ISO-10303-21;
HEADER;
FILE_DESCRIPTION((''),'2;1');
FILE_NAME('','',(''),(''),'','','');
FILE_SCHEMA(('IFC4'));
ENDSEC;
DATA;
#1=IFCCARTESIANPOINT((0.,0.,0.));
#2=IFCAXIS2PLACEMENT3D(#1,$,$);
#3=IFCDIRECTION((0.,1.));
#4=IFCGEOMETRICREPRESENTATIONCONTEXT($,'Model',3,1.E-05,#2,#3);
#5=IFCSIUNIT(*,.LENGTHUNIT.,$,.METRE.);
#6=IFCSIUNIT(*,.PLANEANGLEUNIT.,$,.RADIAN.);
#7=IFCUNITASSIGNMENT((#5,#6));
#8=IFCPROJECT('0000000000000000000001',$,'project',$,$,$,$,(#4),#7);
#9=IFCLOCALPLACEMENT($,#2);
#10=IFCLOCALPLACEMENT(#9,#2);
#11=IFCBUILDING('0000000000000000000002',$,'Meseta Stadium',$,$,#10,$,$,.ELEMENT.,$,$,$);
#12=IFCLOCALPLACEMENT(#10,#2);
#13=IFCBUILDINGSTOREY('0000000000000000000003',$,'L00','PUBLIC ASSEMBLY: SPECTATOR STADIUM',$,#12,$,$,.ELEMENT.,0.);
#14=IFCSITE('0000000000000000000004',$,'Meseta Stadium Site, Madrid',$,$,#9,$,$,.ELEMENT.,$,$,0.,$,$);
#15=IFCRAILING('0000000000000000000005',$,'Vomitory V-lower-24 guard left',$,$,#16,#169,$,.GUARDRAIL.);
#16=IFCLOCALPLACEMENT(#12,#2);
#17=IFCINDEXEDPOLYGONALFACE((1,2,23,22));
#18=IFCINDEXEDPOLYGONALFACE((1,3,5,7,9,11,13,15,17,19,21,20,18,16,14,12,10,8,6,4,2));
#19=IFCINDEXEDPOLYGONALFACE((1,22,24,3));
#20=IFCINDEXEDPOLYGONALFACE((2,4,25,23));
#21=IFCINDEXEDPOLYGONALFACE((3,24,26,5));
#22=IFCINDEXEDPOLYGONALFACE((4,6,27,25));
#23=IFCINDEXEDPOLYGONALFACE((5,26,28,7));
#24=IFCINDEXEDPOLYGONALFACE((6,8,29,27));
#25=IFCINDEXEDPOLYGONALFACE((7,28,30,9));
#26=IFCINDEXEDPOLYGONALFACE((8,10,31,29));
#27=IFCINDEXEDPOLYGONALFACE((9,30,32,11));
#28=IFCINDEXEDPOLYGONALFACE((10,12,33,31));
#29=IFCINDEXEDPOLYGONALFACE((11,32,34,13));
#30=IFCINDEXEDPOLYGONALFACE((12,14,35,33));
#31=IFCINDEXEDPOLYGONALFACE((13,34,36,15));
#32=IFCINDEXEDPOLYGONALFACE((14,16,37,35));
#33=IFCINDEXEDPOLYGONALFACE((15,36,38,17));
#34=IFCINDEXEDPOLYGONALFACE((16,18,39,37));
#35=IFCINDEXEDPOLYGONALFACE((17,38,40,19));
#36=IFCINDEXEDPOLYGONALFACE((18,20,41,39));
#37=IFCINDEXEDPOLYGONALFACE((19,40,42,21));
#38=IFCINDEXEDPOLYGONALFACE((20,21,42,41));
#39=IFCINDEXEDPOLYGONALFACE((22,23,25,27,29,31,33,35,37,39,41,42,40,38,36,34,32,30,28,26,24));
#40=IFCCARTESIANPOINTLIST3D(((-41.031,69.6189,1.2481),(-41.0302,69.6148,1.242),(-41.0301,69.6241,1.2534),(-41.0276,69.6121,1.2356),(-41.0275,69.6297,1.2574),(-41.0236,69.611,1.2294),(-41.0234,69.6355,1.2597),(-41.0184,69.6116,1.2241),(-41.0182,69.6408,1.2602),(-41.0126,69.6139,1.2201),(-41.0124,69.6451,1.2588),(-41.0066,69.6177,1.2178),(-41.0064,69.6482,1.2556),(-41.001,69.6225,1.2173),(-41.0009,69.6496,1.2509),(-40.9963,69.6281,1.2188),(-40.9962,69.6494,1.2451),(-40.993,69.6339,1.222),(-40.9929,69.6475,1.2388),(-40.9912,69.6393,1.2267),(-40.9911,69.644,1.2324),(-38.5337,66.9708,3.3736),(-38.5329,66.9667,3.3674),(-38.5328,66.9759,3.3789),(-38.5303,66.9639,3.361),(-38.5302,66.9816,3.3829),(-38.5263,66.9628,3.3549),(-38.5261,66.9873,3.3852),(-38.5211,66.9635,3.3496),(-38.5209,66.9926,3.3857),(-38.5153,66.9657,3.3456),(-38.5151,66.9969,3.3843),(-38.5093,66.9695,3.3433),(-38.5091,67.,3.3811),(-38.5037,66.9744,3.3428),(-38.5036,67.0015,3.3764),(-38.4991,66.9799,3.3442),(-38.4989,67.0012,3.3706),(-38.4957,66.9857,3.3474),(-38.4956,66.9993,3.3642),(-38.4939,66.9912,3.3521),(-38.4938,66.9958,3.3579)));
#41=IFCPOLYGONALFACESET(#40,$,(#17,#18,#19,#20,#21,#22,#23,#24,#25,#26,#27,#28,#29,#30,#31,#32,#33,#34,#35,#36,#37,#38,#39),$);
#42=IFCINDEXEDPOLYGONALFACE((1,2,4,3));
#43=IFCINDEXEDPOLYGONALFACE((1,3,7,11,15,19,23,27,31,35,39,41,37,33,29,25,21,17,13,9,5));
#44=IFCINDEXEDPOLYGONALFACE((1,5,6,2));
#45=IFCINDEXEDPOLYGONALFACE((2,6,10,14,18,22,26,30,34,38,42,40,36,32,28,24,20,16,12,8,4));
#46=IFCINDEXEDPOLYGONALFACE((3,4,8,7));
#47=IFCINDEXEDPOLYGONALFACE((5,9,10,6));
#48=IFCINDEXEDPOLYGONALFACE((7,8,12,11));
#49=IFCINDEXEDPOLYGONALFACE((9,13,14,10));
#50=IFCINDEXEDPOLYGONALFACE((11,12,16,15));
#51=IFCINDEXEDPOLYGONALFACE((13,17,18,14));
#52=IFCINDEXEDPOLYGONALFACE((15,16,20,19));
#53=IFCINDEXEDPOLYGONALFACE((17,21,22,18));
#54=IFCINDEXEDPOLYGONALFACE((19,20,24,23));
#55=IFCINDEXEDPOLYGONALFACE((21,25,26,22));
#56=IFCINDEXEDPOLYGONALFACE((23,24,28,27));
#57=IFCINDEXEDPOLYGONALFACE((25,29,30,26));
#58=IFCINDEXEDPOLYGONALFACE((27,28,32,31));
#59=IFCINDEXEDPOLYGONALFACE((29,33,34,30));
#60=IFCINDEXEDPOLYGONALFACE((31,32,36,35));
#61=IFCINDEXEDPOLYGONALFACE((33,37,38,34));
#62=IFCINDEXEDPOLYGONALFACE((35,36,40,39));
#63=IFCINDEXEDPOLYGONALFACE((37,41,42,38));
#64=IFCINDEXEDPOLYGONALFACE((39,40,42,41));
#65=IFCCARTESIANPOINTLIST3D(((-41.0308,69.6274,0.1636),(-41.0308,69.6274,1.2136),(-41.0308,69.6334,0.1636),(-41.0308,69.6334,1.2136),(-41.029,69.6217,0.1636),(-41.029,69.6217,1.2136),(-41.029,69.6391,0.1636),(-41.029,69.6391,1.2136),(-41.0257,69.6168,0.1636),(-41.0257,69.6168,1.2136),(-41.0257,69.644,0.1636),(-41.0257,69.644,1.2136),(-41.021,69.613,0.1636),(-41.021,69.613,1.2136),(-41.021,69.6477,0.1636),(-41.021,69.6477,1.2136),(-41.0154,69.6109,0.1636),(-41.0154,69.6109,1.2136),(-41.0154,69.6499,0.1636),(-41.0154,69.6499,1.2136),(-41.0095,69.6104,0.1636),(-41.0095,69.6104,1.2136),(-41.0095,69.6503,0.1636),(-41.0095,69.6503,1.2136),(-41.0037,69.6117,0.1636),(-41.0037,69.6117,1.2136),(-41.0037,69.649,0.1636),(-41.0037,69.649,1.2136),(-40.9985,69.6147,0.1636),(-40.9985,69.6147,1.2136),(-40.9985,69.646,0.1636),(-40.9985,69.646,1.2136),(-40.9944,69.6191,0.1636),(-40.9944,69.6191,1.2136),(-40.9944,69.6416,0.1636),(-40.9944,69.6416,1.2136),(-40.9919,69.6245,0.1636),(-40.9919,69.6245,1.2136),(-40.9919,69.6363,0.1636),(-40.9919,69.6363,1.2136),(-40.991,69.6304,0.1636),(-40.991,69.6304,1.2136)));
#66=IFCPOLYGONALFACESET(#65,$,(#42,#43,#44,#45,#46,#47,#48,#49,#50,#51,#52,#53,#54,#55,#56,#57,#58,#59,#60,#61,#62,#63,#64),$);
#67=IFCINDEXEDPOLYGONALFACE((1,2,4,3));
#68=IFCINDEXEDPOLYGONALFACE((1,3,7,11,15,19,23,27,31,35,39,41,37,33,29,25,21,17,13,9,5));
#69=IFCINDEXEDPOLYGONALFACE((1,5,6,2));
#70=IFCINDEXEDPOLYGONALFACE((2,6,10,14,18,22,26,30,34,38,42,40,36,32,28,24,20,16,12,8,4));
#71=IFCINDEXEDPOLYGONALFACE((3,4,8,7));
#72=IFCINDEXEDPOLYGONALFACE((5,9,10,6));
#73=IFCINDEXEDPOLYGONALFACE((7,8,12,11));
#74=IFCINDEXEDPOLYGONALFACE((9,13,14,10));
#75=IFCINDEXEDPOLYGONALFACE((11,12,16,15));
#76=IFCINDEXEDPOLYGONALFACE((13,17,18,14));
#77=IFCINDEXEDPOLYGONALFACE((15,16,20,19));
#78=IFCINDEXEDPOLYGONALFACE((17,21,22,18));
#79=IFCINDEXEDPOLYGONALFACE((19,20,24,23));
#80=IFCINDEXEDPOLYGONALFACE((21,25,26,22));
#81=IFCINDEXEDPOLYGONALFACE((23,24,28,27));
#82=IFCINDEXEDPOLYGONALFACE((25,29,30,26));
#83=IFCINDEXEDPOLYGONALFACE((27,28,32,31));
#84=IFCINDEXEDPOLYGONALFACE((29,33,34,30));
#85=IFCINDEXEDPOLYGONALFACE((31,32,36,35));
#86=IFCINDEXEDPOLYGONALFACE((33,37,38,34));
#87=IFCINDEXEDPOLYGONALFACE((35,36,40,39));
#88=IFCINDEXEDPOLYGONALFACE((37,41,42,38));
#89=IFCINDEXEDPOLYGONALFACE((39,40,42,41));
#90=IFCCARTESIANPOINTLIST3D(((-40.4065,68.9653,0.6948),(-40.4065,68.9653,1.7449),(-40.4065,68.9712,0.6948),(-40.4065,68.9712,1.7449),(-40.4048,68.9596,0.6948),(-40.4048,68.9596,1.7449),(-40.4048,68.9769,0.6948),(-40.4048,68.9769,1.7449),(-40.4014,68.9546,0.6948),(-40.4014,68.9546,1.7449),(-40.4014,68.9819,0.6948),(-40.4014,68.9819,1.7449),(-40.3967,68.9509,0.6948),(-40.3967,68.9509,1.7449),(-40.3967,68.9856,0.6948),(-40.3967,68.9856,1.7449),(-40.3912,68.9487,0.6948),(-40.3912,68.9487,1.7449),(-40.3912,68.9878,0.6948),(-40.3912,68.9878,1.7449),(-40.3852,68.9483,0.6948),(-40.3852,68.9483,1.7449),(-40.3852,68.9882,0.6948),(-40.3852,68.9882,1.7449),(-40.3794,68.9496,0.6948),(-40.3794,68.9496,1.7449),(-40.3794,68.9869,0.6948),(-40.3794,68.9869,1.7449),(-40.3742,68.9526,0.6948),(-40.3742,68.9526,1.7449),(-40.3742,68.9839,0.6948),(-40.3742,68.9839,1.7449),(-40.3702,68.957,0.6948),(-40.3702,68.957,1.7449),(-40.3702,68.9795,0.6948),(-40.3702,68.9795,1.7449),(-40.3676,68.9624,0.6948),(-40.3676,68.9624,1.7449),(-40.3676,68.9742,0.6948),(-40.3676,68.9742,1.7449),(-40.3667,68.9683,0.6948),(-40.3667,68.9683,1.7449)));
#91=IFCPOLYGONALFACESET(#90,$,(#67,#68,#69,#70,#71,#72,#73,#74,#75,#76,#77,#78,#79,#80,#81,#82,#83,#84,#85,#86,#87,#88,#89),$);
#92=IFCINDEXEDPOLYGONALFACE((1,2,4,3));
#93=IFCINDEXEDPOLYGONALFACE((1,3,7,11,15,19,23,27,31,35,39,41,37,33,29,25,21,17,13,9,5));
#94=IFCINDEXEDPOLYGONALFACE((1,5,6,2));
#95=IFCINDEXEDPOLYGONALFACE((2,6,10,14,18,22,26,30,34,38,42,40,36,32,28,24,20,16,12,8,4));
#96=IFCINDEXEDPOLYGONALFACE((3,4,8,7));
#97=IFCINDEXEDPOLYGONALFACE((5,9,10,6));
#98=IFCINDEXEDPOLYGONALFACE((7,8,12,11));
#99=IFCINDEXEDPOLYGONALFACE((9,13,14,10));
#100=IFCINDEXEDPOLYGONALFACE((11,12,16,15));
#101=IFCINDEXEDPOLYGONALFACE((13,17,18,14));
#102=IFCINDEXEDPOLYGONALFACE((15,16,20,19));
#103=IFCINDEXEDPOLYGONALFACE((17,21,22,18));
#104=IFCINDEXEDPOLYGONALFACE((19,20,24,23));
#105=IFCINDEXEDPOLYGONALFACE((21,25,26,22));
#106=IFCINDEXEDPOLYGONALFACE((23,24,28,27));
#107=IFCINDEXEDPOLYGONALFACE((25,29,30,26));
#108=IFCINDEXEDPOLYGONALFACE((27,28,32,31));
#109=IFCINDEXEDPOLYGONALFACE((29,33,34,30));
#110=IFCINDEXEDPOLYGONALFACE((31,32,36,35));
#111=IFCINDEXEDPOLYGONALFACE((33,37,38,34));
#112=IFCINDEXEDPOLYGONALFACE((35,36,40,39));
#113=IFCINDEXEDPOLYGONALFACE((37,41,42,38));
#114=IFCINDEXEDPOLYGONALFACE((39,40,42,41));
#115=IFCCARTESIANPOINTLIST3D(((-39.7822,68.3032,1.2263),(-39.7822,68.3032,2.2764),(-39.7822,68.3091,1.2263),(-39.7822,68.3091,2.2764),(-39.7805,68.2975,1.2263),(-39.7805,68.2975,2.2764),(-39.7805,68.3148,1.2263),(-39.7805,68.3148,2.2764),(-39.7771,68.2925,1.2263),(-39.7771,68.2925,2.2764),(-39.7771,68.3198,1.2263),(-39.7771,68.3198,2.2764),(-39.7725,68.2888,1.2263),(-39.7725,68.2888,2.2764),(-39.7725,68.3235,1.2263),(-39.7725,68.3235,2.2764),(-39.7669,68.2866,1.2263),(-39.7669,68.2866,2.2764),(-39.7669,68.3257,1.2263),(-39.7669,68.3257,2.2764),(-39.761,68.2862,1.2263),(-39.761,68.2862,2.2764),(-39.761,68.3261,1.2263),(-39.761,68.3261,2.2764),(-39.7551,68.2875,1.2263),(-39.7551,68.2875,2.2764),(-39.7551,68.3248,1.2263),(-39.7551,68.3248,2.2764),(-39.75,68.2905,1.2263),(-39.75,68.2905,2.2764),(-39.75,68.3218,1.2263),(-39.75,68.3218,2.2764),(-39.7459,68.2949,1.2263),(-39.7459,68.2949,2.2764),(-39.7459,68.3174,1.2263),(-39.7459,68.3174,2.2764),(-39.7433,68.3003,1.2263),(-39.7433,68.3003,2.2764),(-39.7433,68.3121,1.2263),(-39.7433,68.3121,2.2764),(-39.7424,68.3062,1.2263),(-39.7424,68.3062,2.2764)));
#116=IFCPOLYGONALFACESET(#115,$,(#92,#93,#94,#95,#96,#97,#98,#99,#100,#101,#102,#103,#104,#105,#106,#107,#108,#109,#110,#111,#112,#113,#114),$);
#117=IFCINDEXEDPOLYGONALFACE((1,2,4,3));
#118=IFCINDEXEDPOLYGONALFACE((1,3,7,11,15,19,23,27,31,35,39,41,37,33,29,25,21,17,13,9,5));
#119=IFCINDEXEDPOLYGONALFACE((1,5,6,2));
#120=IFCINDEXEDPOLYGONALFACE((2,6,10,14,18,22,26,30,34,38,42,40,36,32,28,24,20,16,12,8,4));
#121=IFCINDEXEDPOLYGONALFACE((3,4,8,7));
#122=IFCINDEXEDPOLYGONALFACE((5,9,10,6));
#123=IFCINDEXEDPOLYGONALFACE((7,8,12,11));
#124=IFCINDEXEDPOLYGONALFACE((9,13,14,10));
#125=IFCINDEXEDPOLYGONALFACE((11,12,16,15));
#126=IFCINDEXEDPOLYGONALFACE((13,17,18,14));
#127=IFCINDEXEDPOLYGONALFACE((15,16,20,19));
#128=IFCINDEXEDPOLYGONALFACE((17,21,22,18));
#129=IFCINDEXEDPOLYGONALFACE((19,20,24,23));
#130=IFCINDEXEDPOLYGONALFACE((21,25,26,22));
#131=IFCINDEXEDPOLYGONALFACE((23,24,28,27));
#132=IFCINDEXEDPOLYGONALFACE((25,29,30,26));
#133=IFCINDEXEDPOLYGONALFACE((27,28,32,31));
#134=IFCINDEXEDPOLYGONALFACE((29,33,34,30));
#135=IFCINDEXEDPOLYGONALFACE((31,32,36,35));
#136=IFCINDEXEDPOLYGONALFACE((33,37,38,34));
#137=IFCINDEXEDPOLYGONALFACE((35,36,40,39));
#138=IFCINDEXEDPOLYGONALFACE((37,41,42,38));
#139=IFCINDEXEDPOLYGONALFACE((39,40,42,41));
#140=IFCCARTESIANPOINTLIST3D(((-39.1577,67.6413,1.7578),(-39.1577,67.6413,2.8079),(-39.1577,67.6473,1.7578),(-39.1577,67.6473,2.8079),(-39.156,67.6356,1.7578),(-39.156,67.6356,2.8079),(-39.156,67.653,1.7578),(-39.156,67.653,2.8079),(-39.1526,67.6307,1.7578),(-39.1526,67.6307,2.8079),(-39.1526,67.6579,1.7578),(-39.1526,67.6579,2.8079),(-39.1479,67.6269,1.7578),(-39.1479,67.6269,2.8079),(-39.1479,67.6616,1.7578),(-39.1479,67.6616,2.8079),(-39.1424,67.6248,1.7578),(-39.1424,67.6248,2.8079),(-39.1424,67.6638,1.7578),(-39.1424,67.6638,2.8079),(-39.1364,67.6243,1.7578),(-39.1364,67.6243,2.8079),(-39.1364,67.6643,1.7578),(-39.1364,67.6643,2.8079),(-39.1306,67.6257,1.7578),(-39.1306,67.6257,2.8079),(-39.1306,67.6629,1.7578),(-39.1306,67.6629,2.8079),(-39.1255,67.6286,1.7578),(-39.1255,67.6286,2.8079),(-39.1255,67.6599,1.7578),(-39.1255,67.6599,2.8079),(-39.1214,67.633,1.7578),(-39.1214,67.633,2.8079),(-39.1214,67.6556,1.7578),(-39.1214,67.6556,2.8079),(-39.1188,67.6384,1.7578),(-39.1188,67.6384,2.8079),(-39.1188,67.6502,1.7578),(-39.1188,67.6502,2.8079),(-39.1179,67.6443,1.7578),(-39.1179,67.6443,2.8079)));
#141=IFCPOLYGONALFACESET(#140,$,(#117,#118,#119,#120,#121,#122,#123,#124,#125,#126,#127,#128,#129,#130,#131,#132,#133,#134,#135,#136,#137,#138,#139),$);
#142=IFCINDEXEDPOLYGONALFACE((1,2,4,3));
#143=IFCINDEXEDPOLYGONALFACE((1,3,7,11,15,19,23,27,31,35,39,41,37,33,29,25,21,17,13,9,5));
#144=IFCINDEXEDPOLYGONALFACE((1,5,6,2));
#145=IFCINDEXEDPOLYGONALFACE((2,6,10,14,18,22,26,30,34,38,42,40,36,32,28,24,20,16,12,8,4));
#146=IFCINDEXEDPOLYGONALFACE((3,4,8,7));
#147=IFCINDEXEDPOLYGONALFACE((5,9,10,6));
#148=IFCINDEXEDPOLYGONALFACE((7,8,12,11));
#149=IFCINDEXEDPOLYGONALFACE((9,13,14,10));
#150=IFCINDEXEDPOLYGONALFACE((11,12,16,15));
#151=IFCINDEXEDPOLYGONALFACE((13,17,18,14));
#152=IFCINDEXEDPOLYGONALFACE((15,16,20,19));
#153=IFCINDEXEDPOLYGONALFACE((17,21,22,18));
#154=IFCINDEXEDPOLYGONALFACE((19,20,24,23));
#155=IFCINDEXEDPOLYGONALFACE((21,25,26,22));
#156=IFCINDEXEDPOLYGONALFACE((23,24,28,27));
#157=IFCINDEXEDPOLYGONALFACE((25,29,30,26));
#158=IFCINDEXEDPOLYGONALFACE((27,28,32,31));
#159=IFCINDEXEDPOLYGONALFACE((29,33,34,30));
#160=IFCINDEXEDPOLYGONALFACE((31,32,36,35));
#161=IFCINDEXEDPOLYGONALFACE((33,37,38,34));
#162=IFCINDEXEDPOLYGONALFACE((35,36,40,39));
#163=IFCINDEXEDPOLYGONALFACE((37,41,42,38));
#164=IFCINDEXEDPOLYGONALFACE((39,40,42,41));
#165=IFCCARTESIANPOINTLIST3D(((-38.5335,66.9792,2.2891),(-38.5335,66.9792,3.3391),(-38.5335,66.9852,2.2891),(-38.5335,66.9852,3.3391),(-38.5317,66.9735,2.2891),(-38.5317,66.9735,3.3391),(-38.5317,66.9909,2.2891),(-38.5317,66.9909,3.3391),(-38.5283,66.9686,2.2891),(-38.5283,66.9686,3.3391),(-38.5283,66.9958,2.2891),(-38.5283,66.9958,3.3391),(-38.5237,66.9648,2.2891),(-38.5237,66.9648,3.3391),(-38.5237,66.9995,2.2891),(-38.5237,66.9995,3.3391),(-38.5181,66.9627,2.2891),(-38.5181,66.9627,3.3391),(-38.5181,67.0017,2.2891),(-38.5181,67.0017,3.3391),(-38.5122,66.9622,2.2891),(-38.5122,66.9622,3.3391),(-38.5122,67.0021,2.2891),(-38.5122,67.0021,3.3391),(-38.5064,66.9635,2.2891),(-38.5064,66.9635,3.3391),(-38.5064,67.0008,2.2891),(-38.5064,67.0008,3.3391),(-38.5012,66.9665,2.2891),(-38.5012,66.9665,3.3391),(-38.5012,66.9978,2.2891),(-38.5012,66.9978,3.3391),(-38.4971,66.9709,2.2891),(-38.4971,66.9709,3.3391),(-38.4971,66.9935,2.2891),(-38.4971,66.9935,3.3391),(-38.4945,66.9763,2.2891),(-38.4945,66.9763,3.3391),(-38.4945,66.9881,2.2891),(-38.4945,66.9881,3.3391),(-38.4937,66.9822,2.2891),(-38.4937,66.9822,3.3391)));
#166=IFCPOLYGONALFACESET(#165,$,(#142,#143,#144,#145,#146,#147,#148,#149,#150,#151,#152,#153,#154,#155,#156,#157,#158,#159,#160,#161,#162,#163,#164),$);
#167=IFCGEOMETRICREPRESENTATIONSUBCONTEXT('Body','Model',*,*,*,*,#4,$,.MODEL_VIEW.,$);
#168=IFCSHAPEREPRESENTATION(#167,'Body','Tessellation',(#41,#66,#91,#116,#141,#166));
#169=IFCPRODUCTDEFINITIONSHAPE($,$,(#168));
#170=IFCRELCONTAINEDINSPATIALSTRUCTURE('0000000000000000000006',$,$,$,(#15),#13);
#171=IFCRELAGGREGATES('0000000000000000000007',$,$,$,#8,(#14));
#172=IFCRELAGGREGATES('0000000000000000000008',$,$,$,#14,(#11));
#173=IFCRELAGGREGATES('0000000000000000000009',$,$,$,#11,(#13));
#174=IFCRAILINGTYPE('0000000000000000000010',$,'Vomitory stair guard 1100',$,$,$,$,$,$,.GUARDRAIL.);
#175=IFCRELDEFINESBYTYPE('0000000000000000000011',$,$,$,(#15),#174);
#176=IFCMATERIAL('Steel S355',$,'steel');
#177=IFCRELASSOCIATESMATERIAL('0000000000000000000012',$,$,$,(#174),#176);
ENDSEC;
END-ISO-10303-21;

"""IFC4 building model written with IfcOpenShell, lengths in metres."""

from ifc_helpers import new_model, si_unit, direction, frame, origin, origin_2d, place, context, subcontext, project, spatial, circle, extrude, material, type_object, element, save


model = new_model("IFC4")

# Units and contexts
model_context = context("Model", 3, precision=1e-05, world=origin(), true_north=direction((0.0, 1.0)))
body_context = subcontext(model_context, "Body", "Model", "MODEL_VIEW")
ifc_project = project(units=[si_unit("LENGTHUNIT", "METRE"), si_unit("PLANEANGLEUNIT", "RADIAN")], contexts=[model_context])

# Site, building, storey
site_placement = place(None, origin())
site = spatial("IfcSite", under=ifc_project, at=site_placement, Name="Meseta Stadium Site, Madrid", CompositionType="ELEMENT", RefElevation=0.0)
building_placement = place(site_placement, origin())
building = spatial("IfcBuilding", under=site, at=building_placement, Name="Meseta Stadium", CompositionType="ELEMENT")
storey_placement = place(building_placement, origin())
storey = spatial("IfcBuildingStorey", under=building, at=storey_placement, Name="L00", Description="PUBLIC ASSEMBLY: SPECTATOR STADIUM", CompositionType="ELEMENT", Elevation=0.0)

# Railing
ifc_material_1 = material(Name="Steel S355", Category="steel")
railing_type_1 = type_object("IfcRailingType", Name="Vomitory stair guard 1100", PredefinedType="GUARDRAIL", material=ifc_material_1)
railing_1_placement = place(storey_placement, frame((-41.011, 69.6304, 0.1636)))
element("IfcRailing", 1, at=railing_1_placement, inside=storey, type_object=railing_type_1, Name="Vomitory V-lower-24 guard left", PredefinedType="GUARDRAIL", context=body_context, shape_type="SweptSolid", body=[
    extrude(circle(Radius=0.0249, at=origin_2d()), frame((0.0, 0.0, 1.0752), z_axis=(0.592466, -0.628261, 0.504254), x_axis=(0.727528, 0.686078, 0.0)), (0.0, 0.0, 1.0), 4.2151),
    extrude(circle(Radius=0.02, at=origin_2d()), origin(), (0.0, 0.0, 1.0), 1.05),
    extrude(circle(Radius=0.02, at=origin_2d()), frame((0.6243, -0.6621, 0.5312)), (0.0, 0.0, 1.0), 1.05),
    extrude(circle(Radius=0.02, at=origin_2d()), frame((1.2485, -1.3242, 1.0627)), (0.0, 0.0, 1.0), 1.05),
    extrude(circle(Radius=0.02, at=origin_2d()), frame((1.873, -1.9861, 1.5942)), (0.0, 0.0, 1.0), 1.05),
    extrude(circle(Radius=0.02, at=origin_2d()), frame((2.4973, -2.6482, 2.1255)), (0.0, 0.0, 1.0), 1.05),
])

save(model, "model.ifc")
